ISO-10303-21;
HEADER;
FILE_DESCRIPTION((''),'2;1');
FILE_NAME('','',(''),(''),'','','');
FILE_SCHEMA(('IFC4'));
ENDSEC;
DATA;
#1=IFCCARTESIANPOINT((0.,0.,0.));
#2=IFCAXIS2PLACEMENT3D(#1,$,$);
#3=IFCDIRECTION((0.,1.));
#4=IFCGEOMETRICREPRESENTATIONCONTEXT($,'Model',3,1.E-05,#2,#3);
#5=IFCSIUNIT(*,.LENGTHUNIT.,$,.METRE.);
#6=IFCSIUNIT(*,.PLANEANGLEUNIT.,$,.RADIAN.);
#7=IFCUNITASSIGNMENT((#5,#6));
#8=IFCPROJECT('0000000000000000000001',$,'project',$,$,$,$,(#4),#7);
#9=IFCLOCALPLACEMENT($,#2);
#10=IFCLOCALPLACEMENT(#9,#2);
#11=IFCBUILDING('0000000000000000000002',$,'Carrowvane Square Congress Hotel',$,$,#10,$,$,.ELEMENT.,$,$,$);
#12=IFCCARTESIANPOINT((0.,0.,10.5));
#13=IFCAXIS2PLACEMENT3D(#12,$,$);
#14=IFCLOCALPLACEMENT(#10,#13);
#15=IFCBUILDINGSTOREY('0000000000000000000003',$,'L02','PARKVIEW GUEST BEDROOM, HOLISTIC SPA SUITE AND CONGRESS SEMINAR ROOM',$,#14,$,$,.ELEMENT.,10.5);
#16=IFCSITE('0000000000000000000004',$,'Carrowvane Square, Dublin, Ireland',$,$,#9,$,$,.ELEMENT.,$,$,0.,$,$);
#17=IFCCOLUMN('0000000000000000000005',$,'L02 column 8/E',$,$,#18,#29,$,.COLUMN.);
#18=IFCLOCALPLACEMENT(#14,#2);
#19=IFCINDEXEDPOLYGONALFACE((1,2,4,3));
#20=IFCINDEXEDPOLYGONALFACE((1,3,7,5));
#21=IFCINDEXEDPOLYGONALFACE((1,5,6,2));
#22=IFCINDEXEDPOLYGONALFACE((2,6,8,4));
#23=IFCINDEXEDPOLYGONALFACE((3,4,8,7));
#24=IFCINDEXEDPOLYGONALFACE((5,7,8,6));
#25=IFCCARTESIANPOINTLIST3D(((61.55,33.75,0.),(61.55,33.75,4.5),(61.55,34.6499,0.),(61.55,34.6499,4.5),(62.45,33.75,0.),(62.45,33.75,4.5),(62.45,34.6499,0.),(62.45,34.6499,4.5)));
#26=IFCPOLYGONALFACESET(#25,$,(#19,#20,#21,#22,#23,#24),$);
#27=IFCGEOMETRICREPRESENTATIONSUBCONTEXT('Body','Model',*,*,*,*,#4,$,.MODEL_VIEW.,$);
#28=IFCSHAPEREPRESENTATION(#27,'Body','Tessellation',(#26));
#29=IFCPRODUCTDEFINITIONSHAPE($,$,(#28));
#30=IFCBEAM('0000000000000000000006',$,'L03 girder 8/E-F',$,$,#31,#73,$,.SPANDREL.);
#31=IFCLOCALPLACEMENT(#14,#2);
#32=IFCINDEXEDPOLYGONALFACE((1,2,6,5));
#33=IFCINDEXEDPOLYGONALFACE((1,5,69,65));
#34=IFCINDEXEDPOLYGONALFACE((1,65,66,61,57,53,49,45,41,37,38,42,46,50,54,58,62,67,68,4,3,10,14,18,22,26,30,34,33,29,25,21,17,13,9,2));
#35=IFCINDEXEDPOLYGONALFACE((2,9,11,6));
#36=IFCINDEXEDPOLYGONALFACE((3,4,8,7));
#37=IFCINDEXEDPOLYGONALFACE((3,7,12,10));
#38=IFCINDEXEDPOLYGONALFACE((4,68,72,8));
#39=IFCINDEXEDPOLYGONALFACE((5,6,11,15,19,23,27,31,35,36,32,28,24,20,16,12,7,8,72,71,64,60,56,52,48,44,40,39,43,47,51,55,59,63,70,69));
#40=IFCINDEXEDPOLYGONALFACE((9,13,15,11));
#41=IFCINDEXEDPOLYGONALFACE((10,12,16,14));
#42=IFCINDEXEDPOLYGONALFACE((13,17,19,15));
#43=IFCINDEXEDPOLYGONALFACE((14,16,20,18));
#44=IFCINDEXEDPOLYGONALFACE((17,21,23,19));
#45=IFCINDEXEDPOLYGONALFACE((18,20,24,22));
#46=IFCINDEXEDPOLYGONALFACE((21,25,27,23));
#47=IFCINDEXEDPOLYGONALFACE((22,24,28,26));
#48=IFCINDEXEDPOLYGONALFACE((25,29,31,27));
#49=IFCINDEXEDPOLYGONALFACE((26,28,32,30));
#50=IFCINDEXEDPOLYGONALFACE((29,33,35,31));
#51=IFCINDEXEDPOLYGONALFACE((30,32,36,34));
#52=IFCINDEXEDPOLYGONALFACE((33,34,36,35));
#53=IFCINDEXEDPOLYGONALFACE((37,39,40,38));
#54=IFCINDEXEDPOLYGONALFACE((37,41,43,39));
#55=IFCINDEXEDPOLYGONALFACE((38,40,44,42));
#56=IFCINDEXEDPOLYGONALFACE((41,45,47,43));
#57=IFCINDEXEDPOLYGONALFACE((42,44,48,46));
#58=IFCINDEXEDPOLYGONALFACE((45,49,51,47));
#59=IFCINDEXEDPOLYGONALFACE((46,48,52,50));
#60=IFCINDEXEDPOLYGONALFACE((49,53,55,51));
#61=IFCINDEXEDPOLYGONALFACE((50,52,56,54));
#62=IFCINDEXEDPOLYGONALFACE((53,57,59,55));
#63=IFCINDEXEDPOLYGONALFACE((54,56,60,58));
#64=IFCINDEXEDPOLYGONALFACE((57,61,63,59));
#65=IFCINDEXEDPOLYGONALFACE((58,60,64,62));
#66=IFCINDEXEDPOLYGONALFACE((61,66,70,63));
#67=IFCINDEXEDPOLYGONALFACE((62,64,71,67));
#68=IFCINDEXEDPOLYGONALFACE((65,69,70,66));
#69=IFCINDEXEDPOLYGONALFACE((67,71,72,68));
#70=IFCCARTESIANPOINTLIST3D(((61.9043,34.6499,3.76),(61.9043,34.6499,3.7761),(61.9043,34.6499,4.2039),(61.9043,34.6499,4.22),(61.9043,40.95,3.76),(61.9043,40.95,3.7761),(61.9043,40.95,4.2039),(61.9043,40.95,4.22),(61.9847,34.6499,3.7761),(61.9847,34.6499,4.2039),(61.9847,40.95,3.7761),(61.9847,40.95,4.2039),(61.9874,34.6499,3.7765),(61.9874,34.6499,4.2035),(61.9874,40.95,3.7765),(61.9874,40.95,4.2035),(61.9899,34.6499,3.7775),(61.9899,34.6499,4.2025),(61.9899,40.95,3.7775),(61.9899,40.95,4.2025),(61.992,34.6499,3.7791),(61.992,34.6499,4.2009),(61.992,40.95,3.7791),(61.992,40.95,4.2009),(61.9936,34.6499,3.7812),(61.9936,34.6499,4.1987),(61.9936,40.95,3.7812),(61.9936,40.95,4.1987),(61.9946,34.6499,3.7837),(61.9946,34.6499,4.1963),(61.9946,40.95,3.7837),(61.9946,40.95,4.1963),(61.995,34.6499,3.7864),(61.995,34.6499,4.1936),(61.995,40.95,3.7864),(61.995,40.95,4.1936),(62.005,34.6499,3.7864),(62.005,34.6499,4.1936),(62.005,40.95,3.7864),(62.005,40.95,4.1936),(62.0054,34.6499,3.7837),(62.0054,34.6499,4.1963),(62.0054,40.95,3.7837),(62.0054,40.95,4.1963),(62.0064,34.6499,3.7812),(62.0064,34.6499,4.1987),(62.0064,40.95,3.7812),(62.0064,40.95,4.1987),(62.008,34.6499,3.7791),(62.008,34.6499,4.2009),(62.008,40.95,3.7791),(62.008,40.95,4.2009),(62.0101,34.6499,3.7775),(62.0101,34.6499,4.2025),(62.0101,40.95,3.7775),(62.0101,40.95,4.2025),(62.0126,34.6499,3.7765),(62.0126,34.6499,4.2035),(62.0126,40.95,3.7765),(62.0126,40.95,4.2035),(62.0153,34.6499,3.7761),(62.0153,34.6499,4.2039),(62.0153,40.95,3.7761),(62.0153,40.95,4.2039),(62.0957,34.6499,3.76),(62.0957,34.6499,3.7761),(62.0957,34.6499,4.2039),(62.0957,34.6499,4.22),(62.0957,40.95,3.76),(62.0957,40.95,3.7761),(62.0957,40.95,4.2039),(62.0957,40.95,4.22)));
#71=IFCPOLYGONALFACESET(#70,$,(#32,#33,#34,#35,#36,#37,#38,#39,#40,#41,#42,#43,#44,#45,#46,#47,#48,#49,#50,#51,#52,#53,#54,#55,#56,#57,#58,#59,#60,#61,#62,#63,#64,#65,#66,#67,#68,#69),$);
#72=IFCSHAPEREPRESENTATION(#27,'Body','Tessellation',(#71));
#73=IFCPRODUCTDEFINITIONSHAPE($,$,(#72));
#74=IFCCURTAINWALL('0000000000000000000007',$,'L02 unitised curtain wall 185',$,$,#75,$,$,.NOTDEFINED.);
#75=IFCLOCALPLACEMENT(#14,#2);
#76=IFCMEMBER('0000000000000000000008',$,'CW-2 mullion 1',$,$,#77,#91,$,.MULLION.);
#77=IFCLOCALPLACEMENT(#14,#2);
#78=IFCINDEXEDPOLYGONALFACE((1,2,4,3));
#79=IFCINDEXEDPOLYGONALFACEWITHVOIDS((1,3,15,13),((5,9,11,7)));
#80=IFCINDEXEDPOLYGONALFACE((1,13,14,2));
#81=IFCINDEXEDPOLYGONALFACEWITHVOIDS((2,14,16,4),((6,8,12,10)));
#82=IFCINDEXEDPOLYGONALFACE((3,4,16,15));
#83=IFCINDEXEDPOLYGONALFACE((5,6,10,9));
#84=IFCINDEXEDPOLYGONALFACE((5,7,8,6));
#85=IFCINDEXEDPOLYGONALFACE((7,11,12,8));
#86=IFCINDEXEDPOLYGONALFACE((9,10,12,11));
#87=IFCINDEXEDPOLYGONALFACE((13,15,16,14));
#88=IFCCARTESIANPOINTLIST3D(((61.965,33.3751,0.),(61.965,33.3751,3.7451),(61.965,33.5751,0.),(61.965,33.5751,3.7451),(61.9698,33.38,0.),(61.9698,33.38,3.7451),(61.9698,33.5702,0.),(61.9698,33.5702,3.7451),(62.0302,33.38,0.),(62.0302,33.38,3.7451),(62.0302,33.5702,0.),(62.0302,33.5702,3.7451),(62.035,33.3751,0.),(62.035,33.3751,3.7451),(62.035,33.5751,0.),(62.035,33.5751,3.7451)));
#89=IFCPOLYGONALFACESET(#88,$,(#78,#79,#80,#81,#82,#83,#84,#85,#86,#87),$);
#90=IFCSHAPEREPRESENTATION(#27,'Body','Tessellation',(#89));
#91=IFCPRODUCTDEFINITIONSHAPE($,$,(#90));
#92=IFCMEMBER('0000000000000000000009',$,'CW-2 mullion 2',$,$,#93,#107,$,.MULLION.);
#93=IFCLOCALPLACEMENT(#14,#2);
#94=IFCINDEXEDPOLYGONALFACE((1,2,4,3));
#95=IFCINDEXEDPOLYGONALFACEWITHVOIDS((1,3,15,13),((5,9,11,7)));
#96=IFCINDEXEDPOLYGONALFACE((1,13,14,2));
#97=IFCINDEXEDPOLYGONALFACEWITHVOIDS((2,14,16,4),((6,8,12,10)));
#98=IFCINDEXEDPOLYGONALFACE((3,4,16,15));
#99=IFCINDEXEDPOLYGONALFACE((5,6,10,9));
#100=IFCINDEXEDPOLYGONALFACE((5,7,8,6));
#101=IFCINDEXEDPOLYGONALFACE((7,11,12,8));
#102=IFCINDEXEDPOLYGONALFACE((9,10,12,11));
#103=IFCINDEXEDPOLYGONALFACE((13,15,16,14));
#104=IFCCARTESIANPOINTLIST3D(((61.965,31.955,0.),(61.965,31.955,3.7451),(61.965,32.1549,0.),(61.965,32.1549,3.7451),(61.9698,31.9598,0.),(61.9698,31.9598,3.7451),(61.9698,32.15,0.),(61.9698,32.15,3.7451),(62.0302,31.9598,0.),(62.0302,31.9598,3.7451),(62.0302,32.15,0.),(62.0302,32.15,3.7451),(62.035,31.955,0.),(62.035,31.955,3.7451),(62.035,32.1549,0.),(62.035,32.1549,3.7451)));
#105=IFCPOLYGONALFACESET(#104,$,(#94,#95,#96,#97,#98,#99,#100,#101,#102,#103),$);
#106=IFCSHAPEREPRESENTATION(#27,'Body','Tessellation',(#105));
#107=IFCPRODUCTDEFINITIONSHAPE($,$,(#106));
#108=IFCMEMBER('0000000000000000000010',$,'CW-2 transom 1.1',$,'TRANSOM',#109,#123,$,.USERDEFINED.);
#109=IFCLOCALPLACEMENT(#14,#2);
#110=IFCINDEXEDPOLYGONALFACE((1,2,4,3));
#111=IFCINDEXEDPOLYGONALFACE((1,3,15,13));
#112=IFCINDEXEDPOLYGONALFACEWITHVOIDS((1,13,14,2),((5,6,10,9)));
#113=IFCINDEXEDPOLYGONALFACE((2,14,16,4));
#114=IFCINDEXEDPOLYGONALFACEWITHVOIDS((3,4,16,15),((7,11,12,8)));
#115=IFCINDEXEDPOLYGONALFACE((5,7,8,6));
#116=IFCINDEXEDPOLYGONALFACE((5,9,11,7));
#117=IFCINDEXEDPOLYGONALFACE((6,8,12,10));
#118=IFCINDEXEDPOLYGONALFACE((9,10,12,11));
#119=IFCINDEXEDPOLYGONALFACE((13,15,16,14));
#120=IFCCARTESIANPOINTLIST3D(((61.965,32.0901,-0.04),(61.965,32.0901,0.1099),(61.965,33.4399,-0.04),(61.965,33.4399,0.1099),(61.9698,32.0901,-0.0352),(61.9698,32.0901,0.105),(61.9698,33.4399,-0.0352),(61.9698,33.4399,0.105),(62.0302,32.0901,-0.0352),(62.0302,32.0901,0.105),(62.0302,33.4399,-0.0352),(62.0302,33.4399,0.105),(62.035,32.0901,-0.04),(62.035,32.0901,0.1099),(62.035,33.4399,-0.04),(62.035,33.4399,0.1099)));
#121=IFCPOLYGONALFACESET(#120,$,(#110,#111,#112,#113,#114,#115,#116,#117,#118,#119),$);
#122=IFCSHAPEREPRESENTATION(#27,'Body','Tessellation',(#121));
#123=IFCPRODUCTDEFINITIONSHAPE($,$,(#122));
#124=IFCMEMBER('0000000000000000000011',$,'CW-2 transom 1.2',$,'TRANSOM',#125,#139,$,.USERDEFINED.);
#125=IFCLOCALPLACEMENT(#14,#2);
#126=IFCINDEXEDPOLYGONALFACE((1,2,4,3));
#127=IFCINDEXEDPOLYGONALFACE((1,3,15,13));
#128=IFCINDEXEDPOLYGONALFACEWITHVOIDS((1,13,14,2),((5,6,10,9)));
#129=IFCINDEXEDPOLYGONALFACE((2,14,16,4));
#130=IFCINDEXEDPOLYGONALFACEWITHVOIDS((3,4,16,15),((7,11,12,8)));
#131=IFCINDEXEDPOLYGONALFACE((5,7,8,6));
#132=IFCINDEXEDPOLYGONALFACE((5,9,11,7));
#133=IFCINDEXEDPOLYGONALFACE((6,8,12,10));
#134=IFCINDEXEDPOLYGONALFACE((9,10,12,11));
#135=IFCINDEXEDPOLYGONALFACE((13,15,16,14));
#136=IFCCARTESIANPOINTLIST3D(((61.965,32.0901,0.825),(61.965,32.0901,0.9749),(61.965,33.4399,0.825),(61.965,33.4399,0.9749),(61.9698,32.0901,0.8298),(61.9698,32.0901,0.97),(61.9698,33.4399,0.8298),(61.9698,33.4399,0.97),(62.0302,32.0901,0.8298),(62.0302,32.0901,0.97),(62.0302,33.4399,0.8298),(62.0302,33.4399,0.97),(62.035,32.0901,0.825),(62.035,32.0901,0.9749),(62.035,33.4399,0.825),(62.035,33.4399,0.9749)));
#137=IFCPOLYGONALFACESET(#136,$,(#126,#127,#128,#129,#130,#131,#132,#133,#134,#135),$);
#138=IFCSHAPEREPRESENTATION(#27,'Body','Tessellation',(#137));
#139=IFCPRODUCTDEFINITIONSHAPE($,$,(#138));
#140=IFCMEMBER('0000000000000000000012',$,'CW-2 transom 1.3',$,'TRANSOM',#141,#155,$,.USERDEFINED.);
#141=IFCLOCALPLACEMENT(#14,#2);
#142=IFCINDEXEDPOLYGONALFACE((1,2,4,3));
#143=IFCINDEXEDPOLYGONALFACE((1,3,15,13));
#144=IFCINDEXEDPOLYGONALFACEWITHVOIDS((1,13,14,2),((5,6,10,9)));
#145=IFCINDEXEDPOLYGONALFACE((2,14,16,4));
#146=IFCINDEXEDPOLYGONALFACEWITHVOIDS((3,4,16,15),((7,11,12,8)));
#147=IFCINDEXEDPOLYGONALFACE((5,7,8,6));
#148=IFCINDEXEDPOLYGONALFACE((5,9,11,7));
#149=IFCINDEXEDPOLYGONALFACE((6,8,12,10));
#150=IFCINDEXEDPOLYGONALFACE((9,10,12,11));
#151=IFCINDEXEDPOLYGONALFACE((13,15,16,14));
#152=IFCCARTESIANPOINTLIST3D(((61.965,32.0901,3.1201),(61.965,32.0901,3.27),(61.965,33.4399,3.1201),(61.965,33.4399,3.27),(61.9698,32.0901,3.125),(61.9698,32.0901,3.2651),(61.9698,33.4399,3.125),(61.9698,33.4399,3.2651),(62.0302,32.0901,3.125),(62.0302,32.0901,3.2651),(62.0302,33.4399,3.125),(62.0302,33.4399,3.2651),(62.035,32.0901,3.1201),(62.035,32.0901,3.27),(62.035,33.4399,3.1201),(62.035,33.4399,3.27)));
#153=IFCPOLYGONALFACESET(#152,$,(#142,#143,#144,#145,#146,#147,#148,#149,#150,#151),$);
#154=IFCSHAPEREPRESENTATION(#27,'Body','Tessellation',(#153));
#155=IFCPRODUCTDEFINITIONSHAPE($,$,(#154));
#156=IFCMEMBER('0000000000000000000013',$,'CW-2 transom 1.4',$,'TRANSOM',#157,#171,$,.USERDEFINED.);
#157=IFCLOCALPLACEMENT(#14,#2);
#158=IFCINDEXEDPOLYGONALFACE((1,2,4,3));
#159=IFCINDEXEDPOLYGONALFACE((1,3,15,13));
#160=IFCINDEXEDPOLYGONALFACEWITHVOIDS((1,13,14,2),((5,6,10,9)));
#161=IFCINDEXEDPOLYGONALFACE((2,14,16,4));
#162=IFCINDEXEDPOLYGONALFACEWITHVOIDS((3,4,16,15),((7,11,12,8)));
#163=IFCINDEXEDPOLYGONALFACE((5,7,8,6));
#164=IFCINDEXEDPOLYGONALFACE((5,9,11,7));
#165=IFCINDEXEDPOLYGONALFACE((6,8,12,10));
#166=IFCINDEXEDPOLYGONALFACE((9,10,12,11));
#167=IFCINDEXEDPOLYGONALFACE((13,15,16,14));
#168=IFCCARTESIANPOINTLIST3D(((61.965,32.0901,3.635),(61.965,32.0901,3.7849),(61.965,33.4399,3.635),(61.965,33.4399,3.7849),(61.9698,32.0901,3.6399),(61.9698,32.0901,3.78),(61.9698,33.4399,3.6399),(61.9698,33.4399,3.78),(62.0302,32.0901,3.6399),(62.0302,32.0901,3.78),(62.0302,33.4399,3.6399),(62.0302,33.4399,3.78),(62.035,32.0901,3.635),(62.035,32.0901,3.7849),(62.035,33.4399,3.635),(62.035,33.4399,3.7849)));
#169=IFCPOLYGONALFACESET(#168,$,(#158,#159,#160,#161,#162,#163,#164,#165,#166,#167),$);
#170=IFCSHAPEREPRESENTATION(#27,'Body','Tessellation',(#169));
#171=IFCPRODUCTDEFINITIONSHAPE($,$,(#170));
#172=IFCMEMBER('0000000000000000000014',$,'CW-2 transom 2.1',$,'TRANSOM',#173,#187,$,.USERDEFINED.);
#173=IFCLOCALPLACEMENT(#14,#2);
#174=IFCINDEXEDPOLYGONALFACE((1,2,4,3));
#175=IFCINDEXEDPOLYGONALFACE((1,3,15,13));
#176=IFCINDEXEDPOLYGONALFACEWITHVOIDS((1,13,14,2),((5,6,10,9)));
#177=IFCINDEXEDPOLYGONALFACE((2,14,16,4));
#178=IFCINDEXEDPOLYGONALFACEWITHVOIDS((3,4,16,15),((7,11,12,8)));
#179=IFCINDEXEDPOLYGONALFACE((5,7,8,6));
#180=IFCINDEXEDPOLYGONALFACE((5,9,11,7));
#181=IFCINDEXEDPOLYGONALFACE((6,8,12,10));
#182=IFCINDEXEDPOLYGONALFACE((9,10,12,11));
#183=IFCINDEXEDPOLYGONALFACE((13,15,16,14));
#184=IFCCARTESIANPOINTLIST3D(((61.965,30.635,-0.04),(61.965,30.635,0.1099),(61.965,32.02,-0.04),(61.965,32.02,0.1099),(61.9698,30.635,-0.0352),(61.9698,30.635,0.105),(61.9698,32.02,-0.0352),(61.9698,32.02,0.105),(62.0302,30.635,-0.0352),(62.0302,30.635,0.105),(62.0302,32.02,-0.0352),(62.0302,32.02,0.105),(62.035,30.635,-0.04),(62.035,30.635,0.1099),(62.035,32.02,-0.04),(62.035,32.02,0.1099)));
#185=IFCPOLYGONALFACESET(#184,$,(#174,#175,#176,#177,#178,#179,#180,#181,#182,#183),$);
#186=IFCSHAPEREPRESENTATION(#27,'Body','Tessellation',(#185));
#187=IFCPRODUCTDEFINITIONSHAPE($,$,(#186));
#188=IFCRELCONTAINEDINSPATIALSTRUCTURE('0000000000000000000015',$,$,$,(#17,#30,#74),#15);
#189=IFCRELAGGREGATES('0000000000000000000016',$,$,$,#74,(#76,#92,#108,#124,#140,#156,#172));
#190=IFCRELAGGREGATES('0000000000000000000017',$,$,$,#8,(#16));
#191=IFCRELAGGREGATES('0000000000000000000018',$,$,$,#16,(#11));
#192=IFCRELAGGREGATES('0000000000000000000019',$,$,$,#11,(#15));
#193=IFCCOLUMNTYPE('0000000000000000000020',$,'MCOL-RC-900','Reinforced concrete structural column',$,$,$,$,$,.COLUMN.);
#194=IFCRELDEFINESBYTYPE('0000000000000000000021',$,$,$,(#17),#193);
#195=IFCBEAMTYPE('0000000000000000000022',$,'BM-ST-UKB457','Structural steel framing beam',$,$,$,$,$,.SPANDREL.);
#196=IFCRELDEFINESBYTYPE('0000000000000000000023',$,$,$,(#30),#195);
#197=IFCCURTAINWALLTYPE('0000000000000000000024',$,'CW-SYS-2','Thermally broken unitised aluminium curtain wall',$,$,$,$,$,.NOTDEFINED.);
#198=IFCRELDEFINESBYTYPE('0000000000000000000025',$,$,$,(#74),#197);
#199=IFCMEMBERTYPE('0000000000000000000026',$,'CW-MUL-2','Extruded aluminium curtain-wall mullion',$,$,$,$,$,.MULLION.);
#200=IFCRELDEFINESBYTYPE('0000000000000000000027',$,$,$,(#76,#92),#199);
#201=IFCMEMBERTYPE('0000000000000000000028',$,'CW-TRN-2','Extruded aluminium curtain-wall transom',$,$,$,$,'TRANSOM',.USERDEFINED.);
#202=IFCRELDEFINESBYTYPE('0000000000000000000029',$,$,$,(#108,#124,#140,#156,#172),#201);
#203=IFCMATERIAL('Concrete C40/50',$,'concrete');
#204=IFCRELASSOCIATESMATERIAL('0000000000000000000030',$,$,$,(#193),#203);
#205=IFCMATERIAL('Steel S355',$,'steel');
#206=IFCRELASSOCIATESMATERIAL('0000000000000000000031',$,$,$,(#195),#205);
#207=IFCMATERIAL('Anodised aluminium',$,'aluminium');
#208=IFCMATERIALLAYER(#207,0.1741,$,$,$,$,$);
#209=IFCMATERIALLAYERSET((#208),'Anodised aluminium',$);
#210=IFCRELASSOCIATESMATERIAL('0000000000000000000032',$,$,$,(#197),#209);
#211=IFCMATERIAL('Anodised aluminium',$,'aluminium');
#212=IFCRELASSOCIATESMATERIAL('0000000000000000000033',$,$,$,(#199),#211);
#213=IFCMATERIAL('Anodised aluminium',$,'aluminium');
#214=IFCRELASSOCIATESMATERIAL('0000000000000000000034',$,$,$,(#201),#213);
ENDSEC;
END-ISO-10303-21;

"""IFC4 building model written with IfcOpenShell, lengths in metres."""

from ifc_helpers import new_model, si_unit, direction, frame, origin, origin_2d, place, context, subcontext, project, spatial, rectangle, hollow_rectangle, i_section, extrude, material, layer, layer_set, material_profile, profile_set, type_object, element, aggregate, save


model = new_model("IFC4")

# Units and contexts
model_context = context("Model", 3, precision=1e-05, world=origin(), true_north=direction((0.0, 1.0)))
body_context = subcontext(model_context, "Body", "Model", "MODEL_VIEW")
ifc_project = project(units=[si_unit("LENGTHUNIT", "METRE"), si_unit("PLANEANGLEUNIT", "RADIAN")], contexts=[model_context])

# Site, building, storey
site_placement = place(None, origin())
site = spatial("IfcSite", under=ifc_project, at=site_placement, Name="Carrowvane Square, Dublin, Ireland", CompositionType="ELEMENT", RefElevation=0.0)
building_placement = place(site_placement, origin())
building = spatial("IfcBuilding", under=site, at=building_placement, Name="Carrowvane Square Congress Hotel", CompositionType="ELEMENT")
storey_placement = place(building_placement, frame((0.0, 0.0, 10.5)))
storey = spatial("IfcBuildingStorey", under=building, at=storey_placement, Name="L02", Description="PARKVIEW GUEST BEDROOM, HOLISTIC SPA SUITE AND CONGRESS SEMINAR ROOM", CompositionType="ELEMENT", Elevation=10.5)

# Column
ifc_material_1 = material(Name="Concrete C40/50", Category="concrete")
ifc_material_profile_1 = material_profile(ifc_material_1, rectangle(XDim=0.8999, YDim=0.8999, at=origin_2d()), Name="RC 900x900")
ifc_profile_set_1 = profile_set([ifc_material_profile_1], Name="Concrete C40/50")
column_type = type_object("IfcColumnType", Name="MCOL-RC-900", Description="Reinforced concrete structural column", PredefinedType="COLUMN", material=ifc_profile_set_1)
column_placement = place(storey_placement, frame((62.0, 34.2, 0.0), z_axis=(0.0, 0.0, 1.0), x_axis=(1.0, 0.0, 0.0)))
element("IfcColumn", 1, at=column_placement, inside=storey, type_object=column_type, Name="L02 column 8/E", PredefinedType="COLUMN", context=body_context, shape_type="SweptSolid", body=[
    extrude(rectangle(XDim=0.8999, YDim=0.8999, at=origin_2d()), origin(), (0.0, 0.0, 1.0), 4.5),
])

# Beam
ifc_material_2 = material(Name="Steel S355", Category="steel")
ifc_material_profile_2 = material_profile(ifc_material_2, i_section(OverallWidth=0.1914, OverallDepth=0.46, WebThickness=0.01, FlangeThickness=0.0161, FilletRadius=0.0103, at=origin_2d()), Name="UKB 457x191x82")
ifc_profile_set_2 = profile_set([ifc_material_profile_2], Name="Steel S355")
beam_type = type_object("IfcBeamType", Name="BM-ST-UKB457", Description="Structural steel framing beam", PredefinedType="SPANDREL", material=ifc_profile_set_2)
beam_placement = place(storey_placement, frame((62.0, 34.6499, 3.99), z_axis=(0.0, 1.0, 0.0), x_axis=(-1.0, 0.0, 0.0)))
element("IfcBeam", 2, at=beam_placement, inside=storey, type_object=beam_type, Name="L03 girder 8/E-F", PredefinedType="SPANDREL", context=body_context, shape_type="SweptSolid", body=[
    extrude(i_section(OverallWidth=0.1914, OverallDepth=0.46, WebThickness=0.01, FlangeThickness=0.0161, FilletRadius=0.0103, at=origin_2d()), origin(), (0.0, 0.0, 1.0), 6.3),
])

# Curtain wall, members
ifc_material_3 = material(Name="Anodised aluminium", Category="aluminium")
ifc_layer_1 = layer(ifc_material_3, 0.1741)
ifc_layer_set_1 = layer_set([ifc_layer_1], Name="Anodised aluminium")
curtain_wall_type = type_object("IfcCurtainWallType", Name="CW-SYS-2", Description="Thermally broken unitised aluminium curtain wall", PredefinedType="NOTDEFINED", material=ifc_layer_set_1)
curtain_wall_placement = place(storey_placement, origin())
curtain_wall = element("IfcCurtainWall", 3, at=curtain_wall_placement, inside=storey, type_object=curtain_wall_type, Name="L02 unitised curtain wall 185", PredefinedType="NOTDEFINED")
ifc_material_4 = material(Name="Anodised aluminium", Category="aluminium")
ifc_material_profile_3 = material_profile(ifc_material_4, hollow_rectangle(XDim=0.0701, YDim=0.2, WallThickness=0.0049, at=origin_2d()), Name="CW-ML 70x200x5")
ifc_profile_set_3 = profile_set([ifc_material_profile_3], Name="Anodised aluminium")
member_type_1 = type_object("IfcMemberType", Name="CW-MUL-2", Description="Extruded aluminium curtain-wall mullion", PredefinedType="MULLION", material=ifc_profile_set_3)
member_1_placement = place(storey_placement, frame((62.0, 33.4751, 0.0), z_axis=(0.0, 0.0, 1.0), x_axis=(1.0, 0.0, 0.0)))
member_1 = element("IfcMember", 4, at=member_1_placement, type_object=member_type_1, Name="CW-2 mullion 1", PredefinedType="MULLION", context=body_context, shape_type="SweptSolid", body=[
    extrude(hollow_rectangle(XDim=0.0701, YDim=0.2, WallThickness=0.0049, at=origin_2d()), origin(), (0.0, 0.0, 1.0), 3.7451),
])
member_2_placement = place(storey_placement, frame((62.0, 32.0549, 0.0), z_axis=(0.0, 0.0, 1.0), x_axis=(1.0, 0.0, 0.0)))
member_2 = element("IfcMember", 5, at=member_2_placement, type_object=member_type_1, Name="CW-2 mullion 2", PredefinedType="MULLION", context=body_context, shape_type="SweptSolid", body=[
    extrude(hollow_rectangle(XDim=0.0701, YDim=0.2, WallThickness=0.0049, at=origin_2d()), origin(), (0.0, 0.0, 1.0), 3.7451),
])
ifc_material_5 = material(Name="Anodised aluminium", Category="aluminium")
ifc_material_profile_4 = material_profile(ifc_material_5, hollow_rectangle(XDim=0.0701, YDim=0.1499, WallThickness=0.0049, at=origin_2d()), Name="CW-TR 70x150x5")
ifc_profile_set_4 = profile_set([ifc_material_profile_4], Name="Anodised aluminium")
member_type_2 = type_object("IfcMemberType", Name="CW-TRN-2", Description="Extruded aluminium curtain-wall transom", ElementType="TRANSOM", PredefinedType="USERDEFINED", material=ifc_profile_set_4)
member_3_placement = place(storey_placement, frame((62.0, 33.4399, 0.0349), z_axis=(0.0, -1.0, 0.0), x_axis=(1.0, 0.0, 0.0)))
member_3 = element("IfcMember", 6, at=member_3_placement, type_object=member_type_2, Name="CW-2 transom 1.1", ObjectType="TRANSOM", PredefinedType="USERDEFINED", context=body_context, shape_type="SweptSolid", body=[
    extrude(hollow_rectangle(XDim=0.0701, YDim=0.1499, WallThickness=0.0049, at=origin_2d()), origin(), (0.0, 0.0, 1.0), 1.3499),
])
member_4_placement = place(storey_placement, frame((62.0, 33.4399, 0.8999), z_axis=(0.0, -1.0, 0.0), x_axis=(1.0, 0.0, 0.0)))
member_4 = element("IfcMember", 7, at=member_4_placement, type_object=member_type_2, Name="CW-2 transom 1.2", ObjectType="TRANSOM", PredefinedType="USERDEFINED", context=body_context, shape_type="SweptSolid", body=[
    extrude(hollow_rectangle(XDim=0.0701, YDim=0.1499, WallThickness=0.0049, at=origin_2d()), origin(), (0.0, 0.0, 1.0), 1.3499),
])
member_5_placement = place(storey_placement, frame((62.0, 33.4399, 3.1951), z_axis=(0.0, -1.0, 0.0), x_axis=(1.0, 0.0, 0.0)))
member_5 = element("IfcMember", 8, at=member_5_placement, type_object=member_type_2, Name="CW-2 transom 1.3", ObjectType="TRANSOM", PredefinedType="USERDEFINED", context=body_context, shape_type="SweptSolid", body=[
    extrude(hollow_rectangle(XDim=0.0701, YDim=0.1499, WallThickness=0.0049, at=origin_2d()), origin(), (0.0, 0.0, 1.0), 1.3499),
])
member_6_placement = place(storey_placement, frame((62.0, 33.4399, 3.71), z_axis=(0.0, -1.0, 0.0), x_axis=(1.0, 0.0, 0.0)))
member_6 = element("IfcMember", 9, at=member_6_placement, type_object=member_type_2, Name="CW-2 transom 1.4", ObjectType="TRANSOM", PredefinedType="USERDEFINED", context=body_context, shape_type="SweptSolid", body=[
    extrude(hollow_rectangle(XDim=0.0701, YDim=0.1499, WallThickness=0.0049, at=origin_2d()), origin(), (0.0, 0.0, 1.0), 1.3499),
])
member_7_placement = place(storey_placement, frame((62.0, 32.02, 0.0349), z_axis=(0.0, -1.0, 0.0), x_axis=(1.0, 0.0, 0.0)))
member_7 = element("IfcMember", 10, at=member_7_placement, type_object=member_type_2, Name="CW-2 transom 2.1", ObjectType="TRANSOM", PredefinedType="USERDEFINED", context=body_context, shape_type="SweptSolid", body=[
    extrude(hollow_rectangle(XDim=0.0701, YDim=0.1499, WallThickness=0.0049, at=origin_2d()), origin(), (0.0, 0.0, 1.0), 1.385),
])
aggregate(curtain_wall, [member_1, member_2, member_3, member_4, member_5, member_6, member_7])

save(model, "model.ifc")
